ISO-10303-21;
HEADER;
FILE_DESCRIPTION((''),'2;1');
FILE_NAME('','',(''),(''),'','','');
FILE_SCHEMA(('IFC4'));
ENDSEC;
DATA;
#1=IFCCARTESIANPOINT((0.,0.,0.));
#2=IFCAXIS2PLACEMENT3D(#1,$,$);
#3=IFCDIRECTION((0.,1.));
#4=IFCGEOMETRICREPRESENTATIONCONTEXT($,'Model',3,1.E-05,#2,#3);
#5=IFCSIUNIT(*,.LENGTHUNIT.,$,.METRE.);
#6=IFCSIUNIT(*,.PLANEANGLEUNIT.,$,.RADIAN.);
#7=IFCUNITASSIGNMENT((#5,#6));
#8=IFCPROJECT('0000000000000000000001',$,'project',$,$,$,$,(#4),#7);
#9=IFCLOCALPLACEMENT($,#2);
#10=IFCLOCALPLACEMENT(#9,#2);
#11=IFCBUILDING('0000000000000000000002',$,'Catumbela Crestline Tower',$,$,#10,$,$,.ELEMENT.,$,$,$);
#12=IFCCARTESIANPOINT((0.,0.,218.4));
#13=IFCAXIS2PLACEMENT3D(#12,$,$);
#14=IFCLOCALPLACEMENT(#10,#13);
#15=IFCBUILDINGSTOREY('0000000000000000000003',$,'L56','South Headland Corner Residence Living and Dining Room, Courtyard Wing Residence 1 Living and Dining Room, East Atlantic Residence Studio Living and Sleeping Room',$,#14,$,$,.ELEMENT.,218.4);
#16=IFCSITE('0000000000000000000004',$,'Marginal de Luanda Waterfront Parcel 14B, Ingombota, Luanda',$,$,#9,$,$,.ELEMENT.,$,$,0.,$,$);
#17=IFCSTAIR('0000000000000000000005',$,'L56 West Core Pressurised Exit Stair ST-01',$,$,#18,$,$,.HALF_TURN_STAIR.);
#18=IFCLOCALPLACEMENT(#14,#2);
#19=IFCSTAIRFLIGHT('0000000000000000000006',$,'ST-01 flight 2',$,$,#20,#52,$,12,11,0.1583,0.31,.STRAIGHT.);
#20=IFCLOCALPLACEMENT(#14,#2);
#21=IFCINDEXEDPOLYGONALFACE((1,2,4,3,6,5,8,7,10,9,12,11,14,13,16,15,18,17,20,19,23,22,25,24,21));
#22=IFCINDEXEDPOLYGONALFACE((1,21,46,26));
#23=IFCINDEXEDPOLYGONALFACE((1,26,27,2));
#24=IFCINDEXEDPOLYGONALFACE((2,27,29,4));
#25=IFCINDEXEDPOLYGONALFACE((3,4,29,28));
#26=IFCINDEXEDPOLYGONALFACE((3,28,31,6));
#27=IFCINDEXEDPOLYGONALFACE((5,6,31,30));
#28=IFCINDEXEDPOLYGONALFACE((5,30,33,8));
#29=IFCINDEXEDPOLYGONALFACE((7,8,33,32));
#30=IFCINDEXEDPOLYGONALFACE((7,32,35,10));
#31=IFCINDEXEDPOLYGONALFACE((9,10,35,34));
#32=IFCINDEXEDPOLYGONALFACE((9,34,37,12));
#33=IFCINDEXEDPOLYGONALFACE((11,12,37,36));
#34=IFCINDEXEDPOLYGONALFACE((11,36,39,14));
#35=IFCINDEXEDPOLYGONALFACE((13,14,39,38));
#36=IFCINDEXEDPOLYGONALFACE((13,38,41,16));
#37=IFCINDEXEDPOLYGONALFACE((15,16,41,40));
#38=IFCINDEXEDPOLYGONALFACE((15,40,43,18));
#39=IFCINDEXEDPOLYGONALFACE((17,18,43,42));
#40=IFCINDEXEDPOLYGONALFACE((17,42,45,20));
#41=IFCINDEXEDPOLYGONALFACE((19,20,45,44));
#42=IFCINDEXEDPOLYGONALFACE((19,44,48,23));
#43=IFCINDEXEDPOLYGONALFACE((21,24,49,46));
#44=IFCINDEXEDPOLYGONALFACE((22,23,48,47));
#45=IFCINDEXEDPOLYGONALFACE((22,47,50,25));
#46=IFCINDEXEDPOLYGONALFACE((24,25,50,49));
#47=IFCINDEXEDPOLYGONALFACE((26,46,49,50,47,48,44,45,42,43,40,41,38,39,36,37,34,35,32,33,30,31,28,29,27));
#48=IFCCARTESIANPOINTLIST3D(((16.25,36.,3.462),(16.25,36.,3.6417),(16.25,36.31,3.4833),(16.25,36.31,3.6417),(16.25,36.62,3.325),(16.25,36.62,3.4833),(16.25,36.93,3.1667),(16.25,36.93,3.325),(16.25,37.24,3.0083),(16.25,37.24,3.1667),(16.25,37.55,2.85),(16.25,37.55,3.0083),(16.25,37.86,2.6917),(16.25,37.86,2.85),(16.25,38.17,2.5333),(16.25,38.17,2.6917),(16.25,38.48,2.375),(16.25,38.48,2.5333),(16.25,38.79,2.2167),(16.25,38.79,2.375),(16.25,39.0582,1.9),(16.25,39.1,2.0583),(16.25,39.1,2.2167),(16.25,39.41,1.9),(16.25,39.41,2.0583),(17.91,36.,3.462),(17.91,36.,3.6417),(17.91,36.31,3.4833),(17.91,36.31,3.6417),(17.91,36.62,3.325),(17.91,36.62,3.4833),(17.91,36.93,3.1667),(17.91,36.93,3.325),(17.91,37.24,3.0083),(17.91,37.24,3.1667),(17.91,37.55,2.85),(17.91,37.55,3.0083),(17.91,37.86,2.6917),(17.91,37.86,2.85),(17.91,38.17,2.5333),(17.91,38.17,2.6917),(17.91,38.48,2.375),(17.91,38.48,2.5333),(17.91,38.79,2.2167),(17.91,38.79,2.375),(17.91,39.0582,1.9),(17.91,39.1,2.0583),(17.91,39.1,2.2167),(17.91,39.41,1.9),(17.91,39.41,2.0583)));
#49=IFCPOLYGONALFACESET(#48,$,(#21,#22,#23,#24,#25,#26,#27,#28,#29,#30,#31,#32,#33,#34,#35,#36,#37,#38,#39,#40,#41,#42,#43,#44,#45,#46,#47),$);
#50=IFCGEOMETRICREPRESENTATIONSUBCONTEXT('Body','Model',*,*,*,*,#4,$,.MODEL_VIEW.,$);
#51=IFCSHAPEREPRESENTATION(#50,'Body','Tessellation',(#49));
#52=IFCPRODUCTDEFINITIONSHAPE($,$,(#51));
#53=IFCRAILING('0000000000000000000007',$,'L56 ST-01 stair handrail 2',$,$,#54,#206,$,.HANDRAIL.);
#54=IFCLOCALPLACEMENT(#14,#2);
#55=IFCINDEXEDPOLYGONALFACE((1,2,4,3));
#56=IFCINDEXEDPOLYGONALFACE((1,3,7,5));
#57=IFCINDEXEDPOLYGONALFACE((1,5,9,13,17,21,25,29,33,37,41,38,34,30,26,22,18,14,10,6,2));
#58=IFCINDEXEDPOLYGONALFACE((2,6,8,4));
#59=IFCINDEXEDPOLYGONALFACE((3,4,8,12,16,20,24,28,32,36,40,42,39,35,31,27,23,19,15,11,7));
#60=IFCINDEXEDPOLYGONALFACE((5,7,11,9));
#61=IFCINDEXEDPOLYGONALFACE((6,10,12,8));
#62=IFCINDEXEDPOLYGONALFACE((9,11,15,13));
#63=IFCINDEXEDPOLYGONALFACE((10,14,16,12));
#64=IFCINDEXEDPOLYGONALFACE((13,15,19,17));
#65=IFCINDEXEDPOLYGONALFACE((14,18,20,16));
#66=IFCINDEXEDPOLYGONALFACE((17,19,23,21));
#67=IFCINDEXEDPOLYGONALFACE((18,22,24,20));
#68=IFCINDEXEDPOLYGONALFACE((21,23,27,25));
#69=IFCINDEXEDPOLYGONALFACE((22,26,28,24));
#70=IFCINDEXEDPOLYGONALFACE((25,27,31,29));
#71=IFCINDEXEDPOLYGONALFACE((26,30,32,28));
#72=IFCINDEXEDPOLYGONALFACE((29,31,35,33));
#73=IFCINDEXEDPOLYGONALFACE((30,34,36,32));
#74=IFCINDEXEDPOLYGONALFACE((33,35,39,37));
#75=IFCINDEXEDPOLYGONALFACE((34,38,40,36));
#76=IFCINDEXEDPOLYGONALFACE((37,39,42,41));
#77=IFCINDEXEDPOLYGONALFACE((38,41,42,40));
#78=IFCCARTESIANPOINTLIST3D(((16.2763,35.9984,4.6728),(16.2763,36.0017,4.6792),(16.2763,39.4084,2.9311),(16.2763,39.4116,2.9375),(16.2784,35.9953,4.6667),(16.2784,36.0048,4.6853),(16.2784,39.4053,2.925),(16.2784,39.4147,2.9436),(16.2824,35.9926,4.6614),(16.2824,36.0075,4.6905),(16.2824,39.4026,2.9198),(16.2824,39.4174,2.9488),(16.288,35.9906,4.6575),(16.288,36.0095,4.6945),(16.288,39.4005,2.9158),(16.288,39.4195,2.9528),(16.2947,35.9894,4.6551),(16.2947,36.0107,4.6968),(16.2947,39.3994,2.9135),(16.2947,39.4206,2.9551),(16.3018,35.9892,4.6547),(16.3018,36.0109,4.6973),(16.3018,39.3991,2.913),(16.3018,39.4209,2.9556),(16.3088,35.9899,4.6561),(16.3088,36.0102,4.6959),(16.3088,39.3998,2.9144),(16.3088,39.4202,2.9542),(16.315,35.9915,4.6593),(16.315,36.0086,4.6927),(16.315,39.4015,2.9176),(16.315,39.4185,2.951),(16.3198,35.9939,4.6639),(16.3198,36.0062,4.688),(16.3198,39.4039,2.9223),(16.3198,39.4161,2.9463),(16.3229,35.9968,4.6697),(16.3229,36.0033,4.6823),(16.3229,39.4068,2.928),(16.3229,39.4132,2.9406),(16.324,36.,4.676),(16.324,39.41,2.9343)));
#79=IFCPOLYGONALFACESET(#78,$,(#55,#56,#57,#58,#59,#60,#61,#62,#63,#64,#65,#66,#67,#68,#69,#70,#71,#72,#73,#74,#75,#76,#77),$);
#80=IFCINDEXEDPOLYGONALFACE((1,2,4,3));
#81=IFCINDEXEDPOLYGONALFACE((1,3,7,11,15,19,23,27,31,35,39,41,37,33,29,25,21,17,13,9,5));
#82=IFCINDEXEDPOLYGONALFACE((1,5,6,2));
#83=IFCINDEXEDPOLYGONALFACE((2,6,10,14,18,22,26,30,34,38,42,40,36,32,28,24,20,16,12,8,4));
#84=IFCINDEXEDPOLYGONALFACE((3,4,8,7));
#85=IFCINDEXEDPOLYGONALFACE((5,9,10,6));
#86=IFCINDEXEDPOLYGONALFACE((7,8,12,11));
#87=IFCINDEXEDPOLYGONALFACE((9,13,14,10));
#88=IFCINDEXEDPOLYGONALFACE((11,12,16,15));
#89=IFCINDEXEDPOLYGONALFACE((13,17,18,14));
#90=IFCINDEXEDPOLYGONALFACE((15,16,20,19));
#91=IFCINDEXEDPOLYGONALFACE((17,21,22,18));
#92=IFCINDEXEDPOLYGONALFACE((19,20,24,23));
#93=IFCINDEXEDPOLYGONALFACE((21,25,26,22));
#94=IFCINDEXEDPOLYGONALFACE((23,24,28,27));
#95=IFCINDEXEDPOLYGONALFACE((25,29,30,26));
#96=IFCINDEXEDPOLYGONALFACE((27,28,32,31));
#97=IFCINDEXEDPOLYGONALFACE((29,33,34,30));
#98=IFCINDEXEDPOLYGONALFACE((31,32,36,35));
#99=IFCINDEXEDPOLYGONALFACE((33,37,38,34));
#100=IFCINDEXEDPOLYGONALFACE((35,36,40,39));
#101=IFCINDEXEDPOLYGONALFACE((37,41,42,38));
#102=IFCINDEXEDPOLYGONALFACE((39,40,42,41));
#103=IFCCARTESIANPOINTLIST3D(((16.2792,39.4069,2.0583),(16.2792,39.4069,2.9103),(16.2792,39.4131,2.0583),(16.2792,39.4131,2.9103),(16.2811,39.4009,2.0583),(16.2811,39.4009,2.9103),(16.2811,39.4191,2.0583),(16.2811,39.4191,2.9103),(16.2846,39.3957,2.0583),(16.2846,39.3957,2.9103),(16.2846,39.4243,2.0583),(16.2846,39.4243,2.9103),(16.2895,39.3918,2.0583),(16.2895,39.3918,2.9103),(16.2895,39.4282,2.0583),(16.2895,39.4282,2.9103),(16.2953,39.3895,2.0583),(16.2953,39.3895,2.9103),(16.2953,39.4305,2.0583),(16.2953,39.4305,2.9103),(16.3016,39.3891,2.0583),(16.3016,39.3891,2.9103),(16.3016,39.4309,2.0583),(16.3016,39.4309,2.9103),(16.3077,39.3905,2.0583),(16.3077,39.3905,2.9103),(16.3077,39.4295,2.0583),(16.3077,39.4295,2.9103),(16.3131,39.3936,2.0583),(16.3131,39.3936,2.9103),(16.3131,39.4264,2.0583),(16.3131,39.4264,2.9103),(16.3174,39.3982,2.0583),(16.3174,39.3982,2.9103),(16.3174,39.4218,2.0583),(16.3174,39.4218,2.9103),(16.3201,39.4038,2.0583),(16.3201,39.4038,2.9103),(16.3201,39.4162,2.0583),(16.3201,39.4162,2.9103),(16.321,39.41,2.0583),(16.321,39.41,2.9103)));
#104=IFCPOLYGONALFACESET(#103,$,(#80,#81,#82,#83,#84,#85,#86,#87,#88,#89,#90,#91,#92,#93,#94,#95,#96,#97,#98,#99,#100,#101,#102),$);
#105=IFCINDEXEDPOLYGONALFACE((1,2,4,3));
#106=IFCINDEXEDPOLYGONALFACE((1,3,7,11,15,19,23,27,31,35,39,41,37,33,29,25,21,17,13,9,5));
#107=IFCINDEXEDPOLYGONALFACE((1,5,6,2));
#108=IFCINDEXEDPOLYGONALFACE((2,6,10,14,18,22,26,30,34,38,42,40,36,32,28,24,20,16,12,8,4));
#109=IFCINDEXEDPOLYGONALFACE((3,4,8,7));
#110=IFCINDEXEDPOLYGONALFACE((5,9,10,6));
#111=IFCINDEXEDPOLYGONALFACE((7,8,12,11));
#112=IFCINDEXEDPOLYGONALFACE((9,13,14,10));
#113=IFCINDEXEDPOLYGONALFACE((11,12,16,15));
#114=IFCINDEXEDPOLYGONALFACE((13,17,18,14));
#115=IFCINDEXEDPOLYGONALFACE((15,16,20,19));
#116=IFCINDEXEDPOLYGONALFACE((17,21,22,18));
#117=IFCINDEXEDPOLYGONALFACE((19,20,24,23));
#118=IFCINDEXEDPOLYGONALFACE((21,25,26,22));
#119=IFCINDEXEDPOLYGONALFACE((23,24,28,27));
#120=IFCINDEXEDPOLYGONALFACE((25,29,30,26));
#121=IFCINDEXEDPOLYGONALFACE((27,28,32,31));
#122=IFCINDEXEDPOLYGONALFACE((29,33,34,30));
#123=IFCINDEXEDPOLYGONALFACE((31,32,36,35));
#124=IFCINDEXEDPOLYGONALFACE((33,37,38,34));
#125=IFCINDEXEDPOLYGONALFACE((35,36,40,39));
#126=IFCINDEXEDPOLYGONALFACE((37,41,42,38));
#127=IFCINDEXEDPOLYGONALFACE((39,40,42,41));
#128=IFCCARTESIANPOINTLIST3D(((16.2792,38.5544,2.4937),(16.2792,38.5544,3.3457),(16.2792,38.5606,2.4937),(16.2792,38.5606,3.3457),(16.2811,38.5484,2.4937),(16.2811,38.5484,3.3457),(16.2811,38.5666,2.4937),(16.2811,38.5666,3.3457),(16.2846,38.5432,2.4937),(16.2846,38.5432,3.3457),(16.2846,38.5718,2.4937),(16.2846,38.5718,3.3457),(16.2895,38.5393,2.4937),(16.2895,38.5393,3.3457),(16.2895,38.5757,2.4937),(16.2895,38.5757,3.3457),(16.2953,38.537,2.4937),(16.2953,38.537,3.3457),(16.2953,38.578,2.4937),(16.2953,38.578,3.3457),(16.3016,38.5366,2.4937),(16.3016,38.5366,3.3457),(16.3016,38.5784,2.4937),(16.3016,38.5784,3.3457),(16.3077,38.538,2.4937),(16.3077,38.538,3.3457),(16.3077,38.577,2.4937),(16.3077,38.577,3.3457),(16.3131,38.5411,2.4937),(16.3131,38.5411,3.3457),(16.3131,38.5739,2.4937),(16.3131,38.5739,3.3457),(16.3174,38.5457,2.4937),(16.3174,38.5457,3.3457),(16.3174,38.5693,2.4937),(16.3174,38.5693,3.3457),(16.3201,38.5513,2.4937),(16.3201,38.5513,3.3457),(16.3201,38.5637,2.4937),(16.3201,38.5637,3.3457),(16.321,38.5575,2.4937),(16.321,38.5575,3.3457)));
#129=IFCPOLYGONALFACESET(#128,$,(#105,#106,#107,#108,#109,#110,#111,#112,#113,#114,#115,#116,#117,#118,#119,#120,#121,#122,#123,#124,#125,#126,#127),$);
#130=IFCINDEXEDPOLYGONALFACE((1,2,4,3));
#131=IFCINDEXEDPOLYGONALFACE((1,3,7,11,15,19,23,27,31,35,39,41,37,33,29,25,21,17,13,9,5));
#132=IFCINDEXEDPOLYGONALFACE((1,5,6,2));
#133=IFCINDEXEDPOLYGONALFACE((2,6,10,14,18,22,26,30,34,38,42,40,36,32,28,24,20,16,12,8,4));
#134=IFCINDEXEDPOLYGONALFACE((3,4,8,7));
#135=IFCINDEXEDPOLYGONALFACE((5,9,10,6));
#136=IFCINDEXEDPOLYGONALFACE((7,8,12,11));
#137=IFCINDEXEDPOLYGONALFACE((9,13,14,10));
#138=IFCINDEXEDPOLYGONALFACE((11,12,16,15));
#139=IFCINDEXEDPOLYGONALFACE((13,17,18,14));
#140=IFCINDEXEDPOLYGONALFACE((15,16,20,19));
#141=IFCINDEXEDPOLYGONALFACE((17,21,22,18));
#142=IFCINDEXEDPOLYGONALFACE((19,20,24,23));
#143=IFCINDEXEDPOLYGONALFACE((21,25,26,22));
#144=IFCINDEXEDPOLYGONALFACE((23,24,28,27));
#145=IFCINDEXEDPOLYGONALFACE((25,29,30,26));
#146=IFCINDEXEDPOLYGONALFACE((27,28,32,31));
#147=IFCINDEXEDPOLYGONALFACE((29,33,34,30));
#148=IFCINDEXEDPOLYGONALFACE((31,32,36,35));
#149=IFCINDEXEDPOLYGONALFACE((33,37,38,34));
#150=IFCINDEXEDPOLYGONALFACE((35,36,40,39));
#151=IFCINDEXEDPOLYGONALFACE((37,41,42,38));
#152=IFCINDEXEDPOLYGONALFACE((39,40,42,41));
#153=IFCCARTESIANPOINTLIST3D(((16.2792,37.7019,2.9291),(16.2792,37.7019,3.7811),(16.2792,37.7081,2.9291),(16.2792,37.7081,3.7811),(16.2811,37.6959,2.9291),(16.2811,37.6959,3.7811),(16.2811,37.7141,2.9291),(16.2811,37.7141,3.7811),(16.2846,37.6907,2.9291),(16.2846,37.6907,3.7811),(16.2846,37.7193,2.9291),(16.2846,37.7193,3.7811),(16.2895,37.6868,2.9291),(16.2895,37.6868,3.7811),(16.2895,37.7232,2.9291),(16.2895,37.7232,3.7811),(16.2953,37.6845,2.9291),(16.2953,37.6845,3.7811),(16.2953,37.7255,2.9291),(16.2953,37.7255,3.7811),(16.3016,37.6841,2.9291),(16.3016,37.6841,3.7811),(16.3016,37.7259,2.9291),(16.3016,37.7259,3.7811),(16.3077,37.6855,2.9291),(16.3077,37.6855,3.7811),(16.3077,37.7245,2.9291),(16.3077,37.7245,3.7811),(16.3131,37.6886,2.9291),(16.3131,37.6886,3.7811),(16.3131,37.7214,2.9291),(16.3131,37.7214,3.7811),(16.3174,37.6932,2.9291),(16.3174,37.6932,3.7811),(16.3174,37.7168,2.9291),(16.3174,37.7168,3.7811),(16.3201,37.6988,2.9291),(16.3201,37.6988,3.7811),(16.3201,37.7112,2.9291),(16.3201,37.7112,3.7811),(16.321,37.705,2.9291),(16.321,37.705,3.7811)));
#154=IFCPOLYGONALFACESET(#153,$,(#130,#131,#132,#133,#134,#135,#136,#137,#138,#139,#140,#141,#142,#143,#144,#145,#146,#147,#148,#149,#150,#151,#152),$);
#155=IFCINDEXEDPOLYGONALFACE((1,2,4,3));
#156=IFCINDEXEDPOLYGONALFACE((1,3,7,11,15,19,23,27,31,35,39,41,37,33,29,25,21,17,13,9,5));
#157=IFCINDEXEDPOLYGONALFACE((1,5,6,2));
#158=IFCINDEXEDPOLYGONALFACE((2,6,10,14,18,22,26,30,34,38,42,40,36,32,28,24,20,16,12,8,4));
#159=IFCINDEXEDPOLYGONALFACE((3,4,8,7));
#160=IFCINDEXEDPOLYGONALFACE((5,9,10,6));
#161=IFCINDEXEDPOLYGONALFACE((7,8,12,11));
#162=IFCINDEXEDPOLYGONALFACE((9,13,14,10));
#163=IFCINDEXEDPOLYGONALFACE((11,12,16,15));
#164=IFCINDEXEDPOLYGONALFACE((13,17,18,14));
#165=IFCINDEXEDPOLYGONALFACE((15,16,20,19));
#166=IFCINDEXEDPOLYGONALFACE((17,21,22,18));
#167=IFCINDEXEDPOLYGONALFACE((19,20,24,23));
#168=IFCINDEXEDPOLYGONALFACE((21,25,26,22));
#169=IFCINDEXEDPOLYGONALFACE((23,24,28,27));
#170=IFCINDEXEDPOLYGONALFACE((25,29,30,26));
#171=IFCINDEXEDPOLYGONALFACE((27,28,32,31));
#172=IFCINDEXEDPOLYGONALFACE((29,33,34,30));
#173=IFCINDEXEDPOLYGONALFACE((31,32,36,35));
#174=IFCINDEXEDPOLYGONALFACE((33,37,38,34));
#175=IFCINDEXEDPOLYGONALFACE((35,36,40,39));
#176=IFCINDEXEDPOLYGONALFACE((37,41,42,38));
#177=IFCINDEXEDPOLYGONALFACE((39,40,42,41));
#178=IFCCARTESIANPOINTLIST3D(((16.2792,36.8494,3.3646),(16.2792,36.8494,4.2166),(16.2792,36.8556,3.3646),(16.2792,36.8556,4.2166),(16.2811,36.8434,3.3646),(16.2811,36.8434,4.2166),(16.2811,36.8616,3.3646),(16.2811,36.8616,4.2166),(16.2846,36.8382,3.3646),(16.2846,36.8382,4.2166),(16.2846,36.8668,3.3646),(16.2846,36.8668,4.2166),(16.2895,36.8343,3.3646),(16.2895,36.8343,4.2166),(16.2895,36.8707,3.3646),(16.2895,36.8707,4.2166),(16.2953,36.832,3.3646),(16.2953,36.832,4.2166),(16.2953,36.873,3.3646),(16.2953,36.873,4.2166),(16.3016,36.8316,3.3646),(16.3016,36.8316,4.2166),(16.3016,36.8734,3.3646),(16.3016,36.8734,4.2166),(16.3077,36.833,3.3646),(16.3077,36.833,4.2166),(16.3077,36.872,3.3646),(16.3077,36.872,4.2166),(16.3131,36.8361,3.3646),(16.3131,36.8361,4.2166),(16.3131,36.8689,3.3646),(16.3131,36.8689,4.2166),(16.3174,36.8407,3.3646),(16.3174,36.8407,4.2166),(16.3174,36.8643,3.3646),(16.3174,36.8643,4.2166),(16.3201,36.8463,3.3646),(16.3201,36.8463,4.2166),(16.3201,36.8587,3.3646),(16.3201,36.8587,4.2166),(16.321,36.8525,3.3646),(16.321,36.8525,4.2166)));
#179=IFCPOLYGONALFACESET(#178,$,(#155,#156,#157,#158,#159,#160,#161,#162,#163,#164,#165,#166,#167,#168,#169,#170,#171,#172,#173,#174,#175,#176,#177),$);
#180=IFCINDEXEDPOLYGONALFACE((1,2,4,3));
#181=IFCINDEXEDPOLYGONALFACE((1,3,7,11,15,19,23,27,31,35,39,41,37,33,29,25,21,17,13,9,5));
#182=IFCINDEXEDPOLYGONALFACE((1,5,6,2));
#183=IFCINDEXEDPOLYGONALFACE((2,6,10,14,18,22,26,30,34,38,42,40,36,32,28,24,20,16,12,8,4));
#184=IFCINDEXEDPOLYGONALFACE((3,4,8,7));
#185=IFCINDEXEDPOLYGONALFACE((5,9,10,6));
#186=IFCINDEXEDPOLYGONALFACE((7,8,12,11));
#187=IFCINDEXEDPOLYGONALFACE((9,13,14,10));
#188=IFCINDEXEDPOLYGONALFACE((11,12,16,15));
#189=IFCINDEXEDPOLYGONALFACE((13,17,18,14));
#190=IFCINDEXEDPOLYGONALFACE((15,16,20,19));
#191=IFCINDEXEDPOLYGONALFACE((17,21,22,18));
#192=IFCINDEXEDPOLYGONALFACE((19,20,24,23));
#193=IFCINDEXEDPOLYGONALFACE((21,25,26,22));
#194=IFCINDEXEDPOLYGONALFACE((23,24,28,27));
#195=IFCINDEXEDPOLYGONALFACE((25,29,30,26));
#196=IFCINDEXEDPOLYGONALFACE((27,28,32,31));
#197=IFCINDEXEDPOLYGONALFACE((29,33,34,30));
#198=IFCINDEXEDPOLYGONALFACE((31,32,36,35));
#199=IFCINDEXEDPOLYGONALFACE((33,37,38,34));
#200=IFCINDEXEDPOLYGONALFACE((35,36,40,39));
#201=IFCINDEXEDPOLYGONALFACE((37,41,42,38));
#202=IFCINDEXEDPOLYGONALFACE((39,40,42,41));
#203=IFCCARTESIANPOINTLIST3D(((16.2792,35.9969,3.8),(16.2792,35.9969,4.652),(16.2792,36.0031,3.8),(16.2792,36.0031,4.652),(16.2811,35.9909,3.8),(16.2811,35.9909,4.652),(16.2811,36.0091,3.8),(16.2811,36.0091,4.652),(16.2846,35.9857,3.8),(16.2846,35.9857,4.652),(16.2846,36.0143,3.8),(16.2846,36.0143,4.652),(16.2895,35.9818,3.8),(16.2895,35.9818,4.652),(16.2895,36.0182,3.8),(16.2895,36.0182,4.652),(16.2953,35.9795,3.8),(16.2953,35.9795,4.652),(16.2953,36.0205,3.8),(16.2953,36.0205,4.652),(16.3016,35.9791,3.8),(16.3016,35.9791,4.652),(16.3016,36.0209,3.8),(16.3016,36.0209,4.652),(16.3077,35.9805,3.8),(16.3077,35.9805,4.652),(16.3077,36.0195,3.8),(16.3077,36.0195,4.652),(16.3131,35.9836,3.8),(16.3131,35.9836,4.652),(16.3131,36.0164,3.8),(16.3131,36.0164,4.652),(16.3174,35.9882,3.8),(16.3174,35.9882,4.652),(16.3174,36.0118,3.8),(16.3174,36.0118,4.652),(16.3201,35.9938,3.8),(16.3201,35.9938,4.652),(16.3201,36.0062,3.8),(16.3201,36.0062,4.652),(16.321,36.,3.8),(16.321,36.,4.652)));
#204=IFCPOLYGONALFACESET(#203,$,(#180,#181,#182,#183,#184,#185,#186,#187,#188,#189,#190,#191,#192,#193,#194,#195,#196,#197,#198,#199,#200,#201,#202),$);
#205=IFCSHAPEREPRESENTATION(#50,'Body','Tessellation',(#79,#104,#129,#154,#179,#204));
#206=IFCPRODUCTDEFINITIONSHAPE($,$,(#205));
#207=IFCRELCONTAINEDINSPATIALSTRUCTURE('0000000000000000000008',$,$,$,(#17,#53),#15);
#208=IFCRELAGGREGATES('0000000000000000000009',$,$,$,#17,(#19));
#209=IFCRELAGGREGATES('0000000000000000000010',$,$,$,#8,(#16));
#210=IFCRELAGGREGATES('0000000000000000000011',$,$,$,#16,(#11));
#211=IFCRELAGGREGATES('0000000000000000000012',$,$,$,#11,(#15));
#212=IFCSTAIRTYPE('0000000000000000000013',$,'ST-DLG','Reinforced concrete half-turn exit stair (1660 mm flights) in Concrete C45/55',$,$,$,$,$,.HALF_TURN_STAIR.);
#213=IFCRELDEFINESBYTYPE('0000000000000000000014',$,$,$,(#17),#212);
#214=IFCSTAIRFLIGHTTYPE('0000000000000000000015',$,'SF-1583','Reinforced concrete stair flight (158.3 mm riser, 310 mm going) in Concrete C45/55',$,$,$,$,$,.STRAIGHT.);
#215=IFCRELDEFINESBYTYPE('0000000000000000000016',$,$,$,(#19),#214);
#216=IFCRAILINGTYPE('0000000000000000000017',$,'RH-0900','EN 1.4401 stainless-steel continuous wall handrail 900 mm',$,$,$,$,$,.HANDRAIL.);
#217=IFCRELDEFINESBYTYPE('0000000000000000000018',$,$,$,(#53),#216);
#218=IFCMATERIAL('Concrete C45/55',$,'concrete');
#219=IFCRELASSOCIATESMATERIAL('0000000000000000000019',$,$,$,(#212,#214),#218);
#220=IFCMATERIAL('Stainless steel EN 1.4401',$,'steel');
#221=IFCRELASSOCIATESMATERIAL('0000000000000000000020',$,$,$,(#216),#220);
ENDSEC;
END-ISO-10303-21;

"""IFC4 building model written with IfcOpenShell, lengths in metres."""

from ifc_helpers import new_model, si_unit, direction, frame, origin, origin_2d, place, context, subcontext, project, spatial, polyline, circle, outline, extrude, material, type_object, element, aggregate, save


model = new_model("IFC4")

# Units and contexts
model_context = context("Model", 3, precision=1e-05, world=origin(), true_north=direction((0.0, 1.0)))
body_context = subcontext(model_context, "Body", "Model", "MODEL_VIEW")
ifc_project = project(units=[si_unit("LENGTHUNIT", "METRE"), si_unit("PLANEANGLEUNIT", "RADIAN")], contexts=[model_context])

# Site, building, storey
site_placement = place(None, origin())
site = spatial("IfcSite", under=ifc_project, at=site_placement, Name="Marginal de Luanda Waterfront Parcel 14B, Ingombota, Luanda", CompositionType="ELEMENT", RefElevation=0.0)
building_placement = place(site_placement, origin())
building = spatial("IfcBuilding", under=site, at=building_placement, Name="Catumbela Crestline Tower", CompositionType="ELEMENT")
storey_placement = place(building_placement, frame((0.0, 0.0, 218.4)))
storey = spatial("IfcBuildingStorey", under=building, at=storey_placement, Name="L56", Description="South Headland Corner Residence Living and Dining Room, Courtyard Wing Residence 1 Living and Dining Room, East Atlantic Residence Studio Living and Sleeping Room", CompositionType="ELEMENT", Elevation=218.4)

# Shared definitions
ifc_material_1 = material(Name="Stainless steel EN 1.4401", Category="steel")

# Shared definitions
ifc_material_2 = material(Name="Concrete C45/55", Category="concrete")

# Stair, stair flight
stair_type = type_object("IfcStairType", Name="ST-DLG", Description="Reinforced concrete half-turn exit stair (1660 mm flights) in Concrete C45/55", PredefinedType="HALF_TURN_STAIR", material=ifc_material_2)
stair_placement = place(storey_placement, origin())
stair = element("IfcStair", 1, at=stair_placement, inside=storey, type_object=stair_type, Name="L56 West Core Pressurised Exit Stair ST-01", PredefinedType="HALF_TURN_STAIR")
stair_flight_type = type_object("IfcStairFlightType", Name="SF-1583", Description="Reinforced concrete stair flight (158.3 mm riser, 310 mm going) in Concrete C45/55", PredefinedType="STRAIGHT", material=ifc_material_2)
stair_flight_placement = place(storey_placement, frame((17.08, 39.41, 1.9), z_axis=(0.0, 0.0, 1.0), x_axis=(0.0, -1.0, 0.0)))
stair_flight = element("IfcStairFlight", 2, at=stair_flight_placement, type_object=stair_flight_type, Name="ST-01 flight 2", NumberOfRisers=12, NumberOfTreads=11, PredefinedType="STRAIGHT", RiserHeight=0.1583, TreadLength=0.31, context=body_context, shape_type="SweptSolid", body=[
    extrude(outline(polyline([(0.0, 0.0), (0.0, 0.1583), (0.31, 0.1583), (0.31, 0.3167), (0.62, 0.3167), (0.62, 0.475), (0.93, 0.475), (0.93, 0.6333), (1.24, 0.6333), (1.24, 0.7917), (1.55, 0.7917), (1.55, 0.95), (1.86, 0.95), (1.86, 1.1083), (2.17, 1.1083), (2.17, 1.2667), (2.48, 1.2667), (2.48, 1.425), (2.79, 1.425), (2.79, 1.5833), (3.1, 1.5833), (3.1, 1.7417), (3.41, 1.7417), (3.41, 1.9), (3.41, 1.562), (0.3518, 0.0), (0.0, 0.0)])), frame((0.0, 0.83, 0.0), z_axis=(0.0, -1.0, 0.0), x_axis=(1.0, 0.0, 0.0)), (0.0, 0.0, 1.0), 1.66),
])
aggregate(stair, [stair_flight])

# Railing
railing_type_1 = type_object("IfcRailingType", Name="RH-0900", Description="EN 1.4401 stainless-steel continuous wall handrail 900 mm", PredefinedType="HANDRAIL", material=ifc_material_1)
railing_1_placement = place(storey_placement, frame((16.3, 39.41, 2.0583)))
element("IfcRailing", 3, at=railing_1_placement, inside=storey, type_object=railing_type_1, Name="L56 ST-01 stair handrail 2", PredefinedType="HANDRAIL", context=body_context, shape_type="SweptSolid", body=[
    extrude(circle(Radius=0.024, at=origin_2d()), frame((0.0, 0.0, 0.876), z_axis=(0.0, -0.89056, 0.454865), x_axis=(1.0, 0.0, 0.0)), (0.0, 0.0, 1.0), 3.829),
    extrude(circle(Radius=0.021, at=origin_2d()), origin(), (0.0, 0.0, 1.0), 0.852),
    extrude(circle(Radius=0.021, at=origin_2d()), frame((0.0, -0.8525, 0.4354)), (0.0, 0.0, 1.0), 0.852),
    extrude(circle(Radius=0.021, at=origin_2d()), frame((0.0, -1.705, 0.8708)), (0.0, 0.0, 1.0), 0.852),
    extrude(circle(Radius=0.021, at=origin_2d()), frame((0.0, -2.5575, 1.3063)), (0.0, 0.0, 1.0), 0.852),
    extrude(circle(Radius=0.021, at=origin_2d()), frame((0.0, -3.41, 1.7417)), (0.0, 0.0, 1.0), 0.852),
])

save(model, "model.ifc")
